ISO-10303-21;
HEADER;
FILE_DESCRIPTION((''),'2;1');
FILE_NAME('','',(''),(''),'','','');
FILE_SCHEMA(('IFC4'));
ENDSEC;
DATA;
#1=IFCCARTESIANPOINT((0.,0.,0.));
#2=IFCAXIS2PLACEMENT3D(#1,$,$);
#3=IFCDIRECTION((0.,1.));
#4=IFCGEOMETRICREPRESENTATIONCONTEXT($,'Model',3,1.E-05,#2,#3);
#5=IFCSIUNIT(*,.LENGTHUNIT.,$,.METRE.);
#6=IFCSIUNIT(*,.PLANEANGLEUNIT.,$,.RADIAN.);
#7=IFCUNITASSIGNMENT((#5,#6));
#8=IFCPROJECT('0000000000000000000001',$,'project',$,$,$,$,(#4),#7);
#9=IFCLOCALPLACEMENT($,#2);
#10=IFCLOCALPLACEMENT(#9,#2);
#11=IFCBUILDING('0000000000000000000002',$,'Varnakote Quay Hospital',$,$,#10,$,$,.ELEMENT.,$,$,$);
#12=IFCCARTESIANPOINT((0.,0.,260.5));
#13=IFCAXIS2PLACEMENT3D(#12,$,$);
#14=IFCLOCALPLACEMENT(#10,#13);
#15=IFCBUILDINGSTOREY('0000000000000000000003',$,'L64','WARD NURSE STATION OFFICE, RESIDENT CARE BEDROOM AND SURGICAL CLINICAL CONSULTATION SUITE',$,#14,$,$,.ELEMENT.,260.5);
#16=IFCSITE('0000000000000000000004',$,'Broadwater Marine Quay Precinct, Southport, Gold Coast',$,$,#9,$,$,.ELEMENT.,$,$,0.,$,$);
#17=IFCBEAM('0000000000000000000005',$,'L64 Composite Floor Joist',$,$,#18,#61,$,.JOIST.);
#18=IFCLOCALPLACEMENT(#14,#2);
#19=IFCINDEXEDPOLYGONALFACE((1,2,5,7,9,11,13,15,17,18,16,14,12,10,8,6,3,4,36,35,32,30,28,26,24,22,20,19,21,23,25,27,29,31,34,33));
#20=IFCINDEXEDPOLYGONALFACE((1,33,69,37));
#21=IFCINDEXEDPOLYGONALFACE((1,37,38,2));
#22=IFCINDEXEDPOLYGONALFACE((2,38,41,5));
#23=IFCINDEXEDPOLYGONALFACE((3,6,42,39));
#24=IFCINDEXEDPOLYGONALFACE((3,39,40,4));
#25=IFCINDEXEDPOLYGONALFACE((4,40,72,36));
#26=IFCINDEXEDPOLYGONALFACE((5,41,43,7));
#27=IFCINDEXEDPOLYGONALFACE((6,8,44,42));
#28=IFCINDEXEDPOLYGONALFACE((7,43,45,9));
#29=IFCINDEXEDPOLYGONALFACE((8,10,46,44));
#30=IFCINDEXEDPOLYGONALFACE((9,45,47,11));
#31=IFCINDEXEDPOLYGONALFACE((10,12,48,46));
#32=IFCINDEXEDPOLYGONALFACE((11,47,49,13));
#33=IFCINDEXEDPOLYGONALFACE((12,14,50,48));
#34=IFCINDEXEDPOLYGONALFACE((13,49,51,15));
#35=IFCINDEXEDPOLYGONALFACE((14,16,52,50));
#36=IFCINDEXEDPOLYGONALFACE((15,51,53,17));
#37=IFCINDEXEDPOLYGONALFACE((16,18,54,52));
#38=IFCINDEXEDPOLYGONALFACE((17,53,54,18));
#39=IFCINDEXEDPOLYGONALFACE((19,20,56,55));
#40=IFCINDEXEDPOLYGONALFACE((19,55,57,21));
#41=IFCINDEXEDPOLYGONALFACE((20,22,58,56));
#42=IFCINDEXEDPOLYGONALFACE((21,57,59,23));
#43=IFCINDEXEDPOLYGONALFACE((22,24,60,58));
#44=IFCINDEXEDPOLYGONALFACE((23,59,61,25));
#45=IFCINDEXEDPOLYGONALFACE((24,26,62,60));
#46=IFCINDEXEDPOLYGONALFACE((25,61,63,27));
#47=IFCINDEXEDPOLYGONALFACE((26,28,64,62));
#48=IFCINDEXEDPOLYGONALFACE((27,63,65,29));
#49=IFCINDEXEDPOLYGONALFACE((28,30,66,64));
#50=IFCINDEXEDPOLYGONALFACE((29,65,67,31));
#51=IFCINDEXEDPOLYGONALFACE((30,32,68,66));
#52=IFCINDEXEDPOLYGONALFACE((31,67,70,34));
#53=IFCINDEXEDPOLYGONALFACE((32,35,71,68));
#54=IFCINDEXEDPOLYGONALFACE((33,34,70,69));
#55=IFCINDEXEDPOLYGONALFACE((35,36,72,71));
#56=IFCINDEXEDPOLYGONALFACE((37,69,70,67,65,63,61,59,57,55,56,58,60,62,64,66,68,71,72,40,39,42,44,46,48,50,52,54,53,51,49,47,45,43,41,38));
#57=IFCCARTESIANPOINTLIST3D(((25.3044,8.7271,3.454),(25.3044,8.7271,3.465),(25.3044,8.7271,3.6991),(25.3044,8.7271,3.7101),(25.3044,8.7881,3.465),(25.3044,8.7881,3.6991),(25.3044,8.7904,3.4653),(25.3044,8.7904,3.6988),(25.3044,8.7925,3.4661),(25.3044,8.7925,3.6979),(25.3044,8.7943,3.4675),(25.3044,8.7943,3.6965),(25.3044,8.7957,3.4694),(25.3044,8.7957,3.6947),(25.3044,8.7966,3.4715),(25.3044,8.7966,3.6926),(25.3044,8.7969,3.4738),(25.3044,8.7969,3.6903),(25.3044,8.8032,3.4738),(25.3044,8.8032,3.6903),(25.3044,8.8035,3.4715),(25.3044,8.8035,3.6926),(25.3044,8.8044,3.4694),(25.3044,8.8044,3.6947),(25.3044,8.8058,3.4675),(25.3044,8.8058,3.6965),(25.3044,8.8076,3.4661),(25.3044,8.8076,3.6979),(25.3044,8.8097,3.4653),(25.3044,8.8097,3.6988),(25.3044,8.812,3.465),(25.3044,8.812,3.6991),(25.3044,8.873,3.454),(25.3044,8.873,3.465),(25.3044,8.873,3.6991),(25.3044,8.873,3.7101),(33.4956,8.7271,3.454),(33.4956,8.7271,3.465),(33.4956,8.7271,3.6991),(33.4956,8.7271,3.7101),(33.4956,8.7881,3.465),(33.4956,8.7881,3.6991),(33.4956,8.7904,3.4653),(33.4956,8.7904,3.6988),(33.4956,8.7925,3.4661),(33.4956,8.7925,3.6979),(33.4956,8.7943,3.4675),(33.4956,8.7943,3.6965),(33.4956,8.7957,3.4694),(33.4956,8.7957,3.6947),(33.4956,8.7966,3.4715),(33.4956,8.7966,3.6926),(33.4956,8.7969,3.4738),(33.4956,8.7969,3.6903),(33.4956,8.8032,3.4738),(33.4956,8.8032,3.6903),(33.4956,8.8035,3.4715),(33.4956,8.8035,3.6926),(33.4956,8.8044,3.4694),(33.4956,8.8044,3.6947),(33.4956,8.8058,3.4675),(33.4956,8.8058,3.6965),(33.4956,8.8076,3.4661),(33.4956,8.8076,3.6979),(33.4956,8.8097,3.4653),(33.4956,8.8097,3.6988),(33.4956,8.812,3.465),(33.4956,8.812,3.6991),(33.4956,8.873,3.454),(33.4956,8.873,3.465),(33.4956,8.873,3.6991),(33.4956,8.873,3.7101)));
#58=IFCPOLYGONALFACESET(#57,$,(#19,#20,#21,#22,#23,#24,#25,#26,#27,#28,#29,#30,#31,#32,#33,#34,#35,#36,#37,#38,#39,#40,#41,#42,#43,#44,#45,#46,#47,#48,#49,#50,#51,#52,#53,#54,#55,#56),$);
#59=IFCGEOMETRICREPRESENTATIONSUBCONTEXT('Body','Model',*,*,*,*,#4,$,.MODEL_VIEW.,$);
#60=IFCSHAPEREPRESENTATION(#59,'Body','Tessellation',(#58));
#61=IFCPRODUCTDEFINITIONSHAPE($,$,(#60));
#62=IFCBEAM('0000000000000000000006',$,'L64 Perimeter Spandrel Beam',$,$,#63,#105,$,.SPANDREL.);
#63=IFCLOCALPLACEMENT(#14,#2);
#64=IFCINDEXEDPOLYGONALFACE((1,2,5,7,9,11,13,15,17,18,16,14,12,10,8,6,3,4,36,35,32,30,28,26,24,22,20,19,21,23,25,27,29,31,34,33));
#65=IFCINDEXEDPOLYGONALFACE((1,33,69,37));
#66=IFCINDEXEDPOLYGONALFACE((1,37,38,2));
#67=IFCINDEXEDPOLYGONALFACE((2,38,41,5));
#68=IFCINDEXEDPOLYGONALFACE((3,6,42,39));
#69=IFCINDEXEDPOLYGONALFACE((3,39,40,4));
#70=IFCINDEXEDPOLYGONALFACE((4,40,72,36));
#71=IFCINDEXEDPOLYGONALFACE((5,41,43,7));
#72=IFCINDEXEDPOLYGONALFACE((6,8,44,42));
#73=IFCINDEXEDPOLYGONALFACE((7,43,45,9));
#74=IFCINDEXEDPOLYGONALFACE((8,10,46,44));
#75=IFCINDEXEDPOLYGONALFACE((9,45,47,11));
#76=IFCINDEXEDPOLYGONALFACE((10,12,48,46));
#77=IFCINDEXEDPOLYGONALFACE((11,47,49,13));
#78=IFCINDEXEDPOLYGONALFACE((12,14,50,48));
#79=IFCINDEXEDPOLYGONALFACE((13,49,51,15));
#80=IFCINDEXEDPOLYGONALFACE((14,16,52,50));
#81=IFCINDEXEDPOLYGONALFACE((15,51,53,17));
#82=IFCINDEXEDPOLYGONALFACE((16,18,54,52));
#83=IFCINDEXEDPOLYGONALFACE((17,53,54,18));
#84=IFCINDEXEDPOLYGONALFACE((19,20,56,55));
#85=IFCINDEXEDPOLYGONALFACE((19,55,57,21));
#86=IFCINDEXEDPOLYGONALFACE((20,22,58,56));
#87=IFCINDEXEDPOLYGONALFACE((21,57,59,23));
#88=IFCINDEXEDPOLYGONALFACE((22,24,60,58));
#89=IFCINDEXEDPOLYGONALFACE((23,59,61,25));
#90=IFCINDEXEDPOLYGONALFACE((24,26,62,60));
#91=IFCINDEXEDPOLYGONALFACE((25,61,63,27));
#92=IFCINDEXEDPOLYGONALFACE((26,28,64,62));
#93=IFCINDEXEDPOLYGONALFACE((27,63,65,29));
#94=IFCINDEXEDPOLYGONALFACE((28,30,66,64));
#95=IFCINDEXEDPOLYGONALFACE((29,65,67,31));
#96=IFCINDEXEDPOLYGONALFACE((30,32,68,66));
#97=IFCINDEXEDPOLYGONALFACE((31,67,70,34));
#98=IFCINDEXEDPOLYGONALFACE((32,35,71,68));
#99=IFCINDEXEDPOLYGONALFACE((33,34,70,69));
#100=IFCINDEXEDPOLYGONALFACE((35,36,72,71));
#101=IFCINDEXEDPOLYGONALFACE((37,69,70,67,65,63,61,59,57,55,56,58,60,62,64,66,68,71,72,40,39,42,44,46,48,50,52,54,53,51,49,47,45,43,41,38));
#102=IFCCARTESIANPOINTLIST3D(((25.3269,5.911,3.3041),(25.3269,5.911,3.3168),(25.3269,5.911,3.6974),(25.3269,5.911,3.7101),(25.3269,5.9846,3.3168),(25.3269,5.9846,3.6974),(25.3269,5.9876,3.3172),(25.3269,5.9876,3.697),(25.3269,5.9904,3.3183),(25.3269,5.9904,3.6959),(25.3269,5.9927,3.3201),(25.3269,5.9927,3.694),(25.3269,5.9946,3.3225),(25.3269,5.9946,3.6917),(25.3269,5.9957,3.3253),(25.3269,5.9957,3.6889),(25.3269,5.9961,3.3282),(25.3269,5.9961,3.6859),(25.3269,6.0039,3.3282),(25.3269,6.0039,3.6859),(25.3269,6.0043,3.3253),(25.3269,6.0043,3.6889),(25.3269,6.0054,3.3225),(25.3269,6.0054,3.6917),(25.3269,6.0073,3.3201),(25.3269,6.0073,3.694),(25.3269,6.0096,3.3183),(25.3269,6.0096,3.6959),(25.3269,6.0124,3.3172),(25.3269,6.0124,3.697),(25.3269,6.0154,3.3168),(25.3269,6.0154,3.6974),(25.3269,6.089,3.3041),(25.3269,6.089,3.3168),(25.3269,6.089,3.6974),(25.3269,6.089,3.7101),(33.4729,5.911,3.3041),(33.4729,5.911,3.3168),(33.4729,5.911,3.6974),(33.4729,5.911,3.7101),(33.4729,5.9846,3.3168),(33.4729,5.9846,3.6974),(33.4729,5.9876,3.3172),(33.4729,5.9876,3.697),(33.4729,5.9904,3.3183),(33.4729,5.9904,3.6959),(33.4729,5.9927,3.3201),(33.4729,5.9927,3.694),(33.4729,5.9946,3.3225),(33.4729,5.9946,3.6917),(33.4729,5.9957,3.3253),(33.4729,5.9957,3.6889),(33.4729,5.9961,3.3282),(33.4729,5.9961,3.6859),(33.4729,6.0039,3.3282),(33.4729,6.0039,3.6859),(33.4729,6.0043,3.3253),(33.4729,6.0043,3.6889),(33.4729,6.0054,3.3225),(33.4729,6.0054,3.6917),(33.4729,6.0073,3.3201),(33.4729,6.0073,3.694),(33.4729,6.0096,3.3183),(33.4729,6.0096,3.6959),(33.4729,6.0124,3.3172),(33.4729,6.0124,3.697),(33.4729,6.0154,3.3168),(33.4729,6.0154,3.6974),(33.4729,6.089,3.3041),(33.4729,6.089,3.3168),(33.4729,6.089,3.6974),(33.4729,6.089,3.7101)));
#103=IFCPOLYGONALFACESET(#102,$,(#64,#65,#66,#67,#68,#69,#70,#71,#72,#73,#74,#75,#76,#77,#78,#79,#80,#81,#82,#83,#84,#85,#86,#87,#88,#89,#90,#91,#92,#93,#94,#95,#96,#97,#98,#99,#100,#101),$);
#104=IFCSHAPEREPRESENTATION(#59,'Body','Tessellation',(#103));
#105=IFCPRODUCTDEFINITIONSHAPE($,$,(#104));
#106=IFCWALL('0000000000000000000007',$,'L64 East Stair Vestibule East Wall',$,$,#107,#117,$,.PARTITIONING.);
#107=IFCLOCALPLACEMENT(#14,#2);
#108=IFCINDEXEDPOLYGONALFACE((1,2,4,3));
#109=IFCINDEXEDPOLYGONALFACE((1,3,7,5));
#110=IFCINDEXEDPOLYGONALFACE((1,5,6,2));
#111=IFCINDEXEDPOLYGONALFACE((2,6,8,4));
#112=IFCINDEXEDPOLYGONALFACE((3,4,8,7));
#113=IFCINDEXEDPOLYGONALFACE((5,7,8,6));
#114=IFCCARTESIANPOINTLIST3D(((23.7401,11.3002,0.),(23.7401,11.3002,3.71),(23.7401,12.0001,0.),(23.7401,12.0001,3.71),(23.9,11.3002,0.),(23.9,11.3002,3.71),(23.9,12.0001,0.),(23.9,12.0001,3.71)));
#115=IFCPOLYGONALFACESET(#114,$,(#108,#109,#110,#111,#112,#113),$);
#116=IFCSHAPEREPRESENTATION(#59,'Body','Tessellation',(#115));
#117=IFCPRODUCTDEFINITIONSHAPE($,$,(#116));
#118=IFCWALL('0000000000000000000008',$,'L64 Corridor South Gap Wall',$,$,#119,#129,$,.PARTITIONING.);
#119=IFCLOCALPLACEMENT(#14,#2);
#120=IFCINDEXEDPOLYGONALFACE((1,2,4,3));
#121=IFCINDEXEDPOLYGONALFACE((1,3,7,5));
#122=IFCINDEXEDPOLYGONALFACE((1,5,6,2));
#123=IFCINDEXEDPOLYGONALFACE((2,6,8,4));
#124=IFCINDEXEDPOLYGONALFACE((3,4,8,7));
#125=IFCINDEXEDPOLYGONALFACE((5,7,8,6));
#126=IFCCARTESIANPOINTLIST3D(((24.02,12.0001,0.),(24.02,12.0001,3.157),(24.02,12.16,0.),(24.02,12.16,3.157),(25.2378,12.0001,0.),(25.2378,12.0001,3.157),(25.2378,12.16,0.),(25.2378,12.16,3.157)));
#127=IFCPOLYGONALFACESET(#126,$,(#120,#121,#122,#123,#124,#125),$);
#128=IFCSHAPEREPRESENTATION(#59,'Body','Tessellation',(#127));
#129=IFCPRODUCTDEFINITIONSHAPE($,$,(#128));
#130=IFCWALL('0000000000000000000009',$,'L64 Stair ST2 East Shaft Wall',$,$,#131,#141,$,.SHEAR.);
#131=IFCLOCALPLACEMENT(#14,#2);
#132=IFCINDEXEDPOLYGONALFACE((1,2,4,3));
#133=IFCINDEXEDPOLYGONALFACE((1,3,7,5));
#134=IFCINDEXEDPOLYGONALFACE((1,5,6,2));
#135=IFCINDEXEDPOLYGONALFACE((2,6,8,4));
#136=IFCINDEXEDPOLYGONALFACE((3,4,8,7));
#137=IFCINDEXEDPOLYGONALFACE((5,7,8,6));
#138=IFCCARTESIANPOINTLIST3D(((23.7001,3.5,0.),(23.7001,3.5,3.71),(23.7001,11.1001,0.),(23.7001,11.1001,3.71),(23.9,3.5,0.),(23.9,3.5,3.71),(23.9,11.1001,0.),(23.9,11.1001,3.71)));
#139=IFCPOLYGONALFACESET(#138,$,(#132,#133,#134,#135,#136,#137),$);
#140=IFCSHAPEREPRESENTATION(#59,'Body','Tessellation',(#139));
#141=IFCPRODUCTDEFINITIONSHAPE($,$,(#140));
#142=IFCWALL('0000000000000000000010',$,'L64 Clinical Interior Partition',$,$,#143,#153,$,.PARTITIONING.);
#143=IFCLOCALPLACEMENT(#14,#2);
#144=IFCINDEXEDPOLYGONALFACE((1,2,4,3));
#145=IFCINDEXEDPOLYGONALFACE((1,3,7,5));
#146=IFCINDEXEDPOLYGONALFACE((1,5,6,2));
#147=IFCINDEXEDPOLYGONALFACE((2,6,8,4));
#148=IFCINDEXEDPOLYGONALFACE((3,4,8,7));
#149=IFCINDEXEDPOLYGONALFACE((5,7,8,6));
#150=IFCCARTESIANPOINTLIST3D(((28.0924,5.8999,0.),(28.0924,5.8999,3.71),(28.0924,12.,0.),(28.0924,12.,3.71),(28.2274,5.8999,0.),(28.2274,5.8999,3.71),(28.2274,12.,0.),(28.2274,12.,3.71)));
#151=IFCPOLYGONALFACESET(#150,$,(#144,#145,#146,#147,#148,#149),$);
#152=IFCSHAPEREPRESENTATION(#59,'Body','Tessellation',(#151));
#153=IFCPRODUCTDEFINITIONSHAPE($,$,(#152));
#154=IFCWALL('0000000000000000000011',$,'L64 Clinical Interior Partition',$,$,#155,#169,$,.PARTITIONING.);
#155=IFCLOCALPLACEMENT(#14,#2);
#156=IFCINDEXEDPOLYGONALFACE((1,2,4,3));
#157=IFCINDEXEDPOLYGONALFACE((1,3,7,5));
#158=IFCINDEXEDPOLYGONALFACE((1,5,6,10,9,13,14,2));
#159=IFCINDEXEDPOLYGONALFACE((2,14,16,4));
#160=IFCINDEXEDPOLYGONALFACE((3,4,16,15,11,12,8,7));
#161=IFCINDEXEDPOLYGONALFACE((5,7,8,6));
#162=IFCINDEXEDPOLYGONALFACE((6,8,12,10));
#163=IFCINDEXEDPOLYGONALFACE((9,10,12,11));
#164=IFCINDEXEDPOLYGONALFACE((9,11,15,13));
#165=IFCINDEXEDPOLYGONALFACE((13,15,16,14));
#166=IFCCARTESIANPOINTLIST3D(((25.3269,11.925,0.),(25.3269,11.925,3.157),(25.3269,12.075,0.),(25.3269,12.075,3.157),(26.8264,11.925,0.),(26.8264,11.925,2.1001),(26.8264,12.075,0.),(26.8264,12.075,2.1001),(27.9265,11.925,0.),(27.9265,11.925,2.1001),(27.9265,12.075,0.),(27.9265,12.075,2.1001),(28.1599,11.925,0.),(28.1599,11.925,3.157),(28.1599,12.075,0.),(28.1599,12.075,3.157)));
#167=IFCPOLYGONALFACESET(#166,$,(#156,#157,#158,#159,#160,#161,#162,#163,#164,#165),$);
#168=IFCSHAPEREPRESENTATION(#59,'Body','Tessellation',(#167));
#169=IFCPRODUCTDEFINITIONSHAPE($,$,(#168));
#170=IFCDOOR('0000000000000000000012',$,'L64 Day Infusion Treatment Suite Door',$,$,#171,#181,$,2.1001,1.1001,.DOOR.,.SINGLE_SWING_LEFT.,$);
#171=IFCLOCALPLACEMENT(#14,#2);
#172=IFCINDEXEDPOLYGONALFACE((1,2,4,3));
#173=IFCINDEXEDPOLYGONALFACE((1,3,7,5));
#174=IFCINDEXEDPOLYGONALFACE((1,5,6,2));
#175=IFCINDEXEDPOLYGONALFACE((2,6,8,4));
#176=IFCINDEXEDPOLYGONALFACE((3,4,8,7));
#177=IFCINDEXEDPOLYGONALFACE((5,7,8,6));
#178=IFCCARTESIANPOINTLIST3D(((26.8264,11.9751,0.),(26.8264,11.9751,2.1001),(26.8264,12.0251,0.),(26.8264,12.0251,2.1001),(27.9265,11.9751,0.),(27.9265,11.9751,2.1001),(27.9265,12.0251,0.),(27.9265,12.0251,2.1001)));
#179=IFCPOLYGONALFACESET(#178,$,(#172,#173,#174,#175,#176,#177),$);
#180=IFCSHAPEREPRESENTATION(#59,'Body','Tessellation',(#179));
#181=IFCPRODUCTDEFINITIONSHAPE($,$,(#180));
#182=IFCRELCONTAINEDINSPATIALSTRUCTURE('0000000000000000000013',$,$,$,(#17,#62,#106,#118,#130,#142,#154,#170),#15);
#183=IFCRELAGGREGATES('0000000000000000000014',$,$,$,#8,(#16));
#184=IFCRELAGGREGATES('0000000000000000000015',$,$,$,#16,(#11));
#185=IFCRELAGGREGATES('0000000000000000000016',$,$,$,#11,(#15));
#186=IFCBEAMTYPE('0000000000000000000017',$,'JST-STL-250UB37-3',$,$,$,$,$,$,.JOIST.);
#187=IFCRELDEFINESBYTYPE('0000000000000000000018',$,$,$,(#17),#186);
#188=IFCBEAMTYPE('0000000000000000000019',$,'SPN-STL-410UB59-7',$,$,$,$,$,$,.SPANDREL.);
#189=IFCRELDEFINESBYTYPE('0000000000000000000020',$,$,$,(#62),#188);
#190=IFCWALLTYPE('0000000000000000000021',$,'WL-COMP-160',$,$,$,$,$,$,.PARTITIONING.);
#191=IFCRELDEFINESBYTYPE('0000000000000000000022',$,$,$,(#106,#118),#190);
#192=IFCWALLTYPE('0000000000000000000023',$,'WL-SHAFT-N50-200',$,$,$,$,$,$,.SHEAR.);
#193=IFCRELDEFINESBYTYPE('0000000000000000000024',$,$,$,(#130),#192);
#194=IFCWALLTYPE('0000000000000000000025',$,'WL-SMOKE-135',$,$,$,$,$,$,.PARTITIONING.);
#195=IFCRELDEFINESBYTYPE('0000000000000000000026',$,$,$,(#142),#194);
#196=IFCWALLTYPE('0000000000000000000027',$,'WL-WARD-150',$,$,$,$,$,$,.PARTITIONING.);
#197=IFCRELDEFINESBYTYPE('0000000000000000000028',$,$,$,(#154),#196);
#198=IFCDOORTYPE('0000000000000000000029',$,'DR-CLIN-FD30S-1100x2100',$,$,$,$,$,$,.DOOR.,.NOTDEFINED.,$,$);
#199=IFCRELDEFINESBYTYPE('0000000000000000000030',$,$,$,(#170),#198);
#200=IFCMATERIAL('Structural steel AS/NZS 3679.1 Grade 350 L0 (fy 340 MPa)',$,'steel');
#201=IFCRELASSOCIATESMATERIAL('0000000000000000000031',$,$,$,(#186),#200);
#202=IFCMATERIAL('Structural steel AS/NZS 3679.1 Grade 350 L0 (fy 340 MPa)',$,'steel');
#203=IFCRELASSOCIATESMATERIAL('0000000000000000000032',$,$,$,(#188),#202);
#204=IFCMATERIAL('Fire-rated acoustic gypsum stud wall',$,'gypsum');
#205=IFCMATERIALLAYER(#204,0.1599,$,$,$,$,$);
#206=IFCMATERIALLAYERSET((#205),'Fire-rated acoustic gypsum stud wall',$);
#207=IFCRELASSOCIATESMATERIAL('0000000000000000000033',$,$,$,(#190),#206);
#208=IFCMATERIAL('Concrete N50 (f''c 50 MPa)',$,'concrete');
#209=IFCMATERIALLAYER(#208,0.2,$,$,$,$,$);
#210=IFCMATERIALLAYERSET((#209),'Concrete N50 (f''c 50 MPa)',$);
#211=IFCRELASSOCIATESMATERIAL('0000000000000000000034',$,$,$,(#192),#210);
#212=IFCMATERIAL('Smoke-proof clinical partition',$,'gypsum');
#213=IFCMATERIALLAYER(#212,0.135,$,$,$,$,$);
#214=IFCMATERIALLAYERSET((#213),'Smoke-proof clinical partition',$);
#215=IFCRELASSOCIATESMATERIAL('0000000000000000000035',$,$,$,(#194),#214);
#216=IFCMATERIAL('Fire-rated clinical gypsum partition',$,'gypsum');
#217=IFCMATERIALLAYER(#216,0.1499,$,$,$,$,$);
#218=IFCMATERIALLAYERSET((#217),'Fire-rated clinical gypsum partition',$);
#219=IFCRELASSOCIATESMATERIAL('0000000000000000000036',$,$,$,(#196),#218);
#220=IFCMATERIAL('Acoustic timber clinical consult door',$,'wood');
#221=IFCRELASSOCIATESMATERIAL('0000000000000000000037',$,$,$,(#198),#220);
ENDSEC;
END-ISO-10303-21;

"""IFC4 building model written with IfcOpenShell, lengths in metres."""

from ifc_helpers import new_model, si_unit, direction, frame, frame_2d, origin, origin_2d, place, context, subcontext, project, spatial, rectangle, i_section, extrude, material, layer, layer_set, material_profile, profile_set, type_object, element, fill, save


model = new_model("IFC4")

# Units and contexts
model_context = context("Model", 3, precision=1e-05, world=origin(), true_north=direction((0.0, 1.0)))
body_context = subcontext(model_context, "Body", "Model", "MODEL_VIEW")
ifc_project = project(units=[si_unit("LENGTHUNIT", "METRE"), si_unit("PLANEANGLEUNIT", "RADIAN")], contexts=[model_context])

# Site, building, storey
site_placement = place(None, origin())
site = spatial("IfcSite", under=ifc_project, at=site_placement, Name="Broadwater Marine Quay Precinct, Southport, Gold Coast", CompositionType="ELEMENT", RefElevation=0.0)
building_placement = place(site_placement, origin())
building = spatial("IfcBuilding", under=site, at=building_placement, Name="Varnakote Quay Hospital", CompositionType="ELEMENT")
storey_placement = place(building_placement, frame((0.0, 0.0, 260.5)))
storey = spatial("IfcBuildingStorey", under=building, at=storey_placement, Name="L64", Description="WARD NURSE STATION OFFICE, RESIDENT CARE BEDROOM AND SURGICAL CLINICAL CONSULTATION SUITE", CompositionType="ELEMENT", Elevation=260.5)

# Beams
ifc_material_1 = material(Name="Structural steel AS/NZS 3679.1 Grade 350 L0 (fy 340 MPa)", Category="steel")
ifc_material_profile_1 = material_profile(ifc_material_1, i_section(OverallWidth=0.146, OverallDepth=0.2561, WebThickness=0.0063, FlangeThickness=0.011, FilletRadius=0.0088, at=origin_2d()), Name="250UB37.3")
ifc_profile_set_1 = profile_set([ifc_material_profile_1], Name="Structural steel AS/NZS 3679.1 Grade 350 L0 (fy 340 MPa)")
beam_type_1 = type_object("IfcBeamType", Name="JST-STL-250UB37-3", PredefinedType="JOIST", material=ifc_profile_set_1)
beam_1_placement = place(storey_placement, frame((25.3044, 8.8, 3.582), z_axis=(1.0, 0.0, 0.0), x_axis=(0.0, 1.0, 0.0)))
element("IfcBeam", 1, at=beam_1_placement, inside=storey, type_object=beam_type_1, Name="L64 Composite Floor Joist", PredefinedType="JOIST", context=body_context, shape_type="SweptSolid", body=[
    extrude(i_section(OverallWidth=0.146, OverallDepth=0.2561, WebThickness=0.0063, FlangeThickness=0.011, FilletRadius=0.0088, at=origin_2d()), origin(), (0.0, 0.0, 1.0), 8.1912),
])
ifc_material_2 = material(Name="Structural steel AS/NZS 3679.1 Grade 350 L0 (fy 340 MPa)", Category="steel")
ifc_material_profile_2 = material_profile(ifc_material_2, i_section(OverallWidth=0.178, OverallDepth=0.406, WebThickness=0.0078, FlangeThickness=0.0127, FilletRadius=0.0115, at=origin_2d()), Name="410UB59.7")
ifc_profile_set_2 = profile_set([ifc_material_profile_2], Name="Structural steel AS/NZS 3679.1 Grade 350 L0 (fy 340 MPa)")
beam_type_2 = type_object("IfcBeamType", Name="SPN-STL-410UB59-7", PredefinedType="SPANDREL", material=ifc_profile_set_2)
beam_2_placement = place(storey_placement, frame((25.3269, 6.0, 3.5071), z_axis=(1.0, 0.0, 0.0), x_axis=(0.0, 1.0, 0.0)))
element("IfcBeam", 2, at=beam_2_placement, inside=storey, type_object=beam_type_2, Name="L64 Perimeter Spandrel Beam", PredefinedType="SPANDREL", context=body_context, shape_type="SweptSolid", body=[
    extrude(i_section(OverallWidth=0.178, OverallDepth=0.406, WebThickness=0.0078, FlangeThickness=0.0127, FilletRadius=0.0115, at=origin_2d()), origin(), (0.0, 0.0, 1.0), 8.146),
])

# Walls
ifc_material_3 = material(Name="Fire-rated acoustic gypsum stud wall", Category="gypsum")
ifc_layer_1 = layer(ifc_material_3, 0.1599)
ifc_layer_set_1 = layer_set([ifc_layer_1], Name="Fire-rated acoustic gypsum stud wall")
wall_type_1 = type_object("IfcWallType", Name="WL-COMP-160", PredefinedType="PARTITIONING", material=ifc_layer_set_1)
wall_1_placement = place(storey_placement, frame((23.8201, 11.3, 0.0), z_axis=(0.0, 0.0, 1.0), x_axis=(0.0, 1.0, 0.0)))
element("IfcWall", 3, at=wall_1_placement, inside=storey, type_object=wall_type_1, Name="L64 East Stair Vestibule East Wall", PredefinedType="PARTITIONING", context=body_context, shape_type="SweptSolid", body=[
    extrude(rectangle(XDim=0.7, YDim=0.1599, at=frame_2d((0.3501, 0.0))), origin(), (0.0, 0.0, 1.0), 3.71),
])
wall_2_placement = place(storey_placement, frame((24.02, 12.0801, 0.0), z_axis=(0.0, 0.0, 1.0), x_axis=(1.0, 0.0, 0.0)))
element("IfcWall", 4, at=wall_2_placement, inside=storey, type_object=wall_type_1, Name="L64 Corridor South Gap Wall", PredefinedType="PARTITIONING", context=body_context, shape_type="SweptSolid", body=[
    extrude(rectangle(XDim=1.2178, YDim=0.1599, at=frame_2d((0.6089, 0.0))), origin(), (0.0, 0.0, 1.0), 3.157),
])
ifc_material_4 = material(Name="Concrete N50 (f'c 50 MPa)", Category="concrete")
ifc_layer_2 = layer(ifc_material_4, 0.2)
ifc_layer_set_2 = layer_set([ifc_layer_2], Name="Concrete N50 (f'c 50 MPa)")
wall_type_2 = type_object("IfcWallType", Name="WL-SHAFT-N50-200", PredefinedType="SHEAR", material=ifc_layer_set_2)
wall_3_placement = place(storey_placement, frame((23.8, 3.5, 0.0), z_axis=(0.0, 0.0, 1.0), x_axis=(0.0, 1.0, 0.0)))
element("IfcWall", 5, at=wall_3_placement, inside=storey, type_object=wall_type_2, Name="L64 Stair ST2 East Shaft Wall", PredefinedType="SHEAR", context=body_context, shape_type="SweptSolid", body=[
    extrude(rectangle(XDim=7.6001, YDim=0.2, at=frame_2d((3.8, 0.0))), origin(), (0.0, 0.0, 1.0), 3.71),
])
ifc_material_5 = material(Name="Smoke-proof clinical partition", Category="gypsum")
ifc_layer_3 = layer(ifc_material_5, 0.135)
ifc_layer_set_3 = layer_set([ifc_layer_3], Name="Smoke-proof clinical partition")
wall_type_3 = type_object("IfcWallType", Name="WL-SMOKE-135", PredefinedType="PARTITIONING", material=ifc_layer_set_3)
wall_4_placement = place(storey_placement, frame((28.1599, 5.8999, 0.0), z_axis=(0.0, 0.0, 1.0), x_axis=(0.0, 1.0, 0.0)))
element("IfcWall", 6, at=wall_4_placement, inside=storey, type_object=wall_type_3, Name="L64 Clinical Interior Partition", PredefinedType="PARTITIONING", context=body_context, shape_type="SweptSolid", body=[
    extrude(rectangle(XDim=6.1001, YDim=0.135, at=frame_2d((3.05, 0.0))), origin(), (0.0, 0.0, 1.0), 3.71),
])

# Wall, opening, door
ifc_material_6 = material(Name="Fire-rated clinical gypsum partition", Category="gypsum")
ifc_layer_4 = layer(ifc_material_6, 0.1499)
ifc_layer_set_4 = layer_set([ifc_layer_4], Name="Fire-rated clinical gypsum partition")
wall_type_4 = type_object("IfcWallType", Name="WL-WARD-150", PredefinedType="PARTITIONING", material=ifc_layer_set_4)
wall_5_placement = place(storey_placement, frame((28.1599, 12.0, 0.0), z_axis=(0.0, 0.0, 1.0), x_axis=(-1.0, 0.0, 0.0)))
wall_5 = element("IfcWall", 7, at=wall_5_placement, inside=storey, type_object=wall_type_4, Name="L64 Clinical Interior Partition", PredefinedType="PARTITIONING", context=body_context, shape_type="SweptSolid", body=[
    extrude(rectangle(XDim=2.833, YDim=0.1499, at=frame_2d((1.4165, 0.0))), origin(), (0.0, 0.0, 1.0), 3.157),
])
opening_1_placement = place(wall_5_placement, frame((0.2334, 0.0, 0.0)))
opening_1 = element("IfcOpeningElement", 8, at=opening_1_placement, cuts=wall_5, PredefinedType="OPENING", context=body_context, shape_type="SweptSolid", body=[
    extrude(rectangle(XDim=1.1001, YDim=2.1001, at=frame_2d((0.55, 1.05))), frame((0.0, 0.085, 0.0), z_axis=(0.0, -1.0, 0.0), x_axis=(1.0, 0.0, 0.0)), (0.0, 0.0, 1.0), 0.1699),
])
ifc_material_7 = material(Name="Acoustic timber clinical consult door", Category="wood")
door_type = type_object("IfcDoorType", Name="DR-CLIN-FD30S-1100x2100", OperationType="NOTDEFINED", PredefinedType="DOOR", material=ifc_material_7)
door_1_placement = place(opening_1_placement, origin())
door_1 = element("IfcDoor", 9, at=door_1_placement, inside=storey, type_object=door_type, Name="L64 Day Infusion Treatment Suite Door", OperationType="SINGLE_SWING_LEFT", OverallHeight=2.1001, OverallWidth=1.1001, PredefinedType="DOOR", context=body_context, shape_type="SweptSolid", body=[
    extrude(rectangle(XDim=1.1001, YDim=2.1001, at=frame_2d((0.55, 1.05))), frame((0.0, 0.0249, 0.0), z_axis=(0.0, -1.0, 0.0), x_axis=(1.0, 0.0, 0.0)), (0.0, 0.0, 1.0), 0.05),
])
fill(opening_1, door_1)

save(model, "model.ifc")
